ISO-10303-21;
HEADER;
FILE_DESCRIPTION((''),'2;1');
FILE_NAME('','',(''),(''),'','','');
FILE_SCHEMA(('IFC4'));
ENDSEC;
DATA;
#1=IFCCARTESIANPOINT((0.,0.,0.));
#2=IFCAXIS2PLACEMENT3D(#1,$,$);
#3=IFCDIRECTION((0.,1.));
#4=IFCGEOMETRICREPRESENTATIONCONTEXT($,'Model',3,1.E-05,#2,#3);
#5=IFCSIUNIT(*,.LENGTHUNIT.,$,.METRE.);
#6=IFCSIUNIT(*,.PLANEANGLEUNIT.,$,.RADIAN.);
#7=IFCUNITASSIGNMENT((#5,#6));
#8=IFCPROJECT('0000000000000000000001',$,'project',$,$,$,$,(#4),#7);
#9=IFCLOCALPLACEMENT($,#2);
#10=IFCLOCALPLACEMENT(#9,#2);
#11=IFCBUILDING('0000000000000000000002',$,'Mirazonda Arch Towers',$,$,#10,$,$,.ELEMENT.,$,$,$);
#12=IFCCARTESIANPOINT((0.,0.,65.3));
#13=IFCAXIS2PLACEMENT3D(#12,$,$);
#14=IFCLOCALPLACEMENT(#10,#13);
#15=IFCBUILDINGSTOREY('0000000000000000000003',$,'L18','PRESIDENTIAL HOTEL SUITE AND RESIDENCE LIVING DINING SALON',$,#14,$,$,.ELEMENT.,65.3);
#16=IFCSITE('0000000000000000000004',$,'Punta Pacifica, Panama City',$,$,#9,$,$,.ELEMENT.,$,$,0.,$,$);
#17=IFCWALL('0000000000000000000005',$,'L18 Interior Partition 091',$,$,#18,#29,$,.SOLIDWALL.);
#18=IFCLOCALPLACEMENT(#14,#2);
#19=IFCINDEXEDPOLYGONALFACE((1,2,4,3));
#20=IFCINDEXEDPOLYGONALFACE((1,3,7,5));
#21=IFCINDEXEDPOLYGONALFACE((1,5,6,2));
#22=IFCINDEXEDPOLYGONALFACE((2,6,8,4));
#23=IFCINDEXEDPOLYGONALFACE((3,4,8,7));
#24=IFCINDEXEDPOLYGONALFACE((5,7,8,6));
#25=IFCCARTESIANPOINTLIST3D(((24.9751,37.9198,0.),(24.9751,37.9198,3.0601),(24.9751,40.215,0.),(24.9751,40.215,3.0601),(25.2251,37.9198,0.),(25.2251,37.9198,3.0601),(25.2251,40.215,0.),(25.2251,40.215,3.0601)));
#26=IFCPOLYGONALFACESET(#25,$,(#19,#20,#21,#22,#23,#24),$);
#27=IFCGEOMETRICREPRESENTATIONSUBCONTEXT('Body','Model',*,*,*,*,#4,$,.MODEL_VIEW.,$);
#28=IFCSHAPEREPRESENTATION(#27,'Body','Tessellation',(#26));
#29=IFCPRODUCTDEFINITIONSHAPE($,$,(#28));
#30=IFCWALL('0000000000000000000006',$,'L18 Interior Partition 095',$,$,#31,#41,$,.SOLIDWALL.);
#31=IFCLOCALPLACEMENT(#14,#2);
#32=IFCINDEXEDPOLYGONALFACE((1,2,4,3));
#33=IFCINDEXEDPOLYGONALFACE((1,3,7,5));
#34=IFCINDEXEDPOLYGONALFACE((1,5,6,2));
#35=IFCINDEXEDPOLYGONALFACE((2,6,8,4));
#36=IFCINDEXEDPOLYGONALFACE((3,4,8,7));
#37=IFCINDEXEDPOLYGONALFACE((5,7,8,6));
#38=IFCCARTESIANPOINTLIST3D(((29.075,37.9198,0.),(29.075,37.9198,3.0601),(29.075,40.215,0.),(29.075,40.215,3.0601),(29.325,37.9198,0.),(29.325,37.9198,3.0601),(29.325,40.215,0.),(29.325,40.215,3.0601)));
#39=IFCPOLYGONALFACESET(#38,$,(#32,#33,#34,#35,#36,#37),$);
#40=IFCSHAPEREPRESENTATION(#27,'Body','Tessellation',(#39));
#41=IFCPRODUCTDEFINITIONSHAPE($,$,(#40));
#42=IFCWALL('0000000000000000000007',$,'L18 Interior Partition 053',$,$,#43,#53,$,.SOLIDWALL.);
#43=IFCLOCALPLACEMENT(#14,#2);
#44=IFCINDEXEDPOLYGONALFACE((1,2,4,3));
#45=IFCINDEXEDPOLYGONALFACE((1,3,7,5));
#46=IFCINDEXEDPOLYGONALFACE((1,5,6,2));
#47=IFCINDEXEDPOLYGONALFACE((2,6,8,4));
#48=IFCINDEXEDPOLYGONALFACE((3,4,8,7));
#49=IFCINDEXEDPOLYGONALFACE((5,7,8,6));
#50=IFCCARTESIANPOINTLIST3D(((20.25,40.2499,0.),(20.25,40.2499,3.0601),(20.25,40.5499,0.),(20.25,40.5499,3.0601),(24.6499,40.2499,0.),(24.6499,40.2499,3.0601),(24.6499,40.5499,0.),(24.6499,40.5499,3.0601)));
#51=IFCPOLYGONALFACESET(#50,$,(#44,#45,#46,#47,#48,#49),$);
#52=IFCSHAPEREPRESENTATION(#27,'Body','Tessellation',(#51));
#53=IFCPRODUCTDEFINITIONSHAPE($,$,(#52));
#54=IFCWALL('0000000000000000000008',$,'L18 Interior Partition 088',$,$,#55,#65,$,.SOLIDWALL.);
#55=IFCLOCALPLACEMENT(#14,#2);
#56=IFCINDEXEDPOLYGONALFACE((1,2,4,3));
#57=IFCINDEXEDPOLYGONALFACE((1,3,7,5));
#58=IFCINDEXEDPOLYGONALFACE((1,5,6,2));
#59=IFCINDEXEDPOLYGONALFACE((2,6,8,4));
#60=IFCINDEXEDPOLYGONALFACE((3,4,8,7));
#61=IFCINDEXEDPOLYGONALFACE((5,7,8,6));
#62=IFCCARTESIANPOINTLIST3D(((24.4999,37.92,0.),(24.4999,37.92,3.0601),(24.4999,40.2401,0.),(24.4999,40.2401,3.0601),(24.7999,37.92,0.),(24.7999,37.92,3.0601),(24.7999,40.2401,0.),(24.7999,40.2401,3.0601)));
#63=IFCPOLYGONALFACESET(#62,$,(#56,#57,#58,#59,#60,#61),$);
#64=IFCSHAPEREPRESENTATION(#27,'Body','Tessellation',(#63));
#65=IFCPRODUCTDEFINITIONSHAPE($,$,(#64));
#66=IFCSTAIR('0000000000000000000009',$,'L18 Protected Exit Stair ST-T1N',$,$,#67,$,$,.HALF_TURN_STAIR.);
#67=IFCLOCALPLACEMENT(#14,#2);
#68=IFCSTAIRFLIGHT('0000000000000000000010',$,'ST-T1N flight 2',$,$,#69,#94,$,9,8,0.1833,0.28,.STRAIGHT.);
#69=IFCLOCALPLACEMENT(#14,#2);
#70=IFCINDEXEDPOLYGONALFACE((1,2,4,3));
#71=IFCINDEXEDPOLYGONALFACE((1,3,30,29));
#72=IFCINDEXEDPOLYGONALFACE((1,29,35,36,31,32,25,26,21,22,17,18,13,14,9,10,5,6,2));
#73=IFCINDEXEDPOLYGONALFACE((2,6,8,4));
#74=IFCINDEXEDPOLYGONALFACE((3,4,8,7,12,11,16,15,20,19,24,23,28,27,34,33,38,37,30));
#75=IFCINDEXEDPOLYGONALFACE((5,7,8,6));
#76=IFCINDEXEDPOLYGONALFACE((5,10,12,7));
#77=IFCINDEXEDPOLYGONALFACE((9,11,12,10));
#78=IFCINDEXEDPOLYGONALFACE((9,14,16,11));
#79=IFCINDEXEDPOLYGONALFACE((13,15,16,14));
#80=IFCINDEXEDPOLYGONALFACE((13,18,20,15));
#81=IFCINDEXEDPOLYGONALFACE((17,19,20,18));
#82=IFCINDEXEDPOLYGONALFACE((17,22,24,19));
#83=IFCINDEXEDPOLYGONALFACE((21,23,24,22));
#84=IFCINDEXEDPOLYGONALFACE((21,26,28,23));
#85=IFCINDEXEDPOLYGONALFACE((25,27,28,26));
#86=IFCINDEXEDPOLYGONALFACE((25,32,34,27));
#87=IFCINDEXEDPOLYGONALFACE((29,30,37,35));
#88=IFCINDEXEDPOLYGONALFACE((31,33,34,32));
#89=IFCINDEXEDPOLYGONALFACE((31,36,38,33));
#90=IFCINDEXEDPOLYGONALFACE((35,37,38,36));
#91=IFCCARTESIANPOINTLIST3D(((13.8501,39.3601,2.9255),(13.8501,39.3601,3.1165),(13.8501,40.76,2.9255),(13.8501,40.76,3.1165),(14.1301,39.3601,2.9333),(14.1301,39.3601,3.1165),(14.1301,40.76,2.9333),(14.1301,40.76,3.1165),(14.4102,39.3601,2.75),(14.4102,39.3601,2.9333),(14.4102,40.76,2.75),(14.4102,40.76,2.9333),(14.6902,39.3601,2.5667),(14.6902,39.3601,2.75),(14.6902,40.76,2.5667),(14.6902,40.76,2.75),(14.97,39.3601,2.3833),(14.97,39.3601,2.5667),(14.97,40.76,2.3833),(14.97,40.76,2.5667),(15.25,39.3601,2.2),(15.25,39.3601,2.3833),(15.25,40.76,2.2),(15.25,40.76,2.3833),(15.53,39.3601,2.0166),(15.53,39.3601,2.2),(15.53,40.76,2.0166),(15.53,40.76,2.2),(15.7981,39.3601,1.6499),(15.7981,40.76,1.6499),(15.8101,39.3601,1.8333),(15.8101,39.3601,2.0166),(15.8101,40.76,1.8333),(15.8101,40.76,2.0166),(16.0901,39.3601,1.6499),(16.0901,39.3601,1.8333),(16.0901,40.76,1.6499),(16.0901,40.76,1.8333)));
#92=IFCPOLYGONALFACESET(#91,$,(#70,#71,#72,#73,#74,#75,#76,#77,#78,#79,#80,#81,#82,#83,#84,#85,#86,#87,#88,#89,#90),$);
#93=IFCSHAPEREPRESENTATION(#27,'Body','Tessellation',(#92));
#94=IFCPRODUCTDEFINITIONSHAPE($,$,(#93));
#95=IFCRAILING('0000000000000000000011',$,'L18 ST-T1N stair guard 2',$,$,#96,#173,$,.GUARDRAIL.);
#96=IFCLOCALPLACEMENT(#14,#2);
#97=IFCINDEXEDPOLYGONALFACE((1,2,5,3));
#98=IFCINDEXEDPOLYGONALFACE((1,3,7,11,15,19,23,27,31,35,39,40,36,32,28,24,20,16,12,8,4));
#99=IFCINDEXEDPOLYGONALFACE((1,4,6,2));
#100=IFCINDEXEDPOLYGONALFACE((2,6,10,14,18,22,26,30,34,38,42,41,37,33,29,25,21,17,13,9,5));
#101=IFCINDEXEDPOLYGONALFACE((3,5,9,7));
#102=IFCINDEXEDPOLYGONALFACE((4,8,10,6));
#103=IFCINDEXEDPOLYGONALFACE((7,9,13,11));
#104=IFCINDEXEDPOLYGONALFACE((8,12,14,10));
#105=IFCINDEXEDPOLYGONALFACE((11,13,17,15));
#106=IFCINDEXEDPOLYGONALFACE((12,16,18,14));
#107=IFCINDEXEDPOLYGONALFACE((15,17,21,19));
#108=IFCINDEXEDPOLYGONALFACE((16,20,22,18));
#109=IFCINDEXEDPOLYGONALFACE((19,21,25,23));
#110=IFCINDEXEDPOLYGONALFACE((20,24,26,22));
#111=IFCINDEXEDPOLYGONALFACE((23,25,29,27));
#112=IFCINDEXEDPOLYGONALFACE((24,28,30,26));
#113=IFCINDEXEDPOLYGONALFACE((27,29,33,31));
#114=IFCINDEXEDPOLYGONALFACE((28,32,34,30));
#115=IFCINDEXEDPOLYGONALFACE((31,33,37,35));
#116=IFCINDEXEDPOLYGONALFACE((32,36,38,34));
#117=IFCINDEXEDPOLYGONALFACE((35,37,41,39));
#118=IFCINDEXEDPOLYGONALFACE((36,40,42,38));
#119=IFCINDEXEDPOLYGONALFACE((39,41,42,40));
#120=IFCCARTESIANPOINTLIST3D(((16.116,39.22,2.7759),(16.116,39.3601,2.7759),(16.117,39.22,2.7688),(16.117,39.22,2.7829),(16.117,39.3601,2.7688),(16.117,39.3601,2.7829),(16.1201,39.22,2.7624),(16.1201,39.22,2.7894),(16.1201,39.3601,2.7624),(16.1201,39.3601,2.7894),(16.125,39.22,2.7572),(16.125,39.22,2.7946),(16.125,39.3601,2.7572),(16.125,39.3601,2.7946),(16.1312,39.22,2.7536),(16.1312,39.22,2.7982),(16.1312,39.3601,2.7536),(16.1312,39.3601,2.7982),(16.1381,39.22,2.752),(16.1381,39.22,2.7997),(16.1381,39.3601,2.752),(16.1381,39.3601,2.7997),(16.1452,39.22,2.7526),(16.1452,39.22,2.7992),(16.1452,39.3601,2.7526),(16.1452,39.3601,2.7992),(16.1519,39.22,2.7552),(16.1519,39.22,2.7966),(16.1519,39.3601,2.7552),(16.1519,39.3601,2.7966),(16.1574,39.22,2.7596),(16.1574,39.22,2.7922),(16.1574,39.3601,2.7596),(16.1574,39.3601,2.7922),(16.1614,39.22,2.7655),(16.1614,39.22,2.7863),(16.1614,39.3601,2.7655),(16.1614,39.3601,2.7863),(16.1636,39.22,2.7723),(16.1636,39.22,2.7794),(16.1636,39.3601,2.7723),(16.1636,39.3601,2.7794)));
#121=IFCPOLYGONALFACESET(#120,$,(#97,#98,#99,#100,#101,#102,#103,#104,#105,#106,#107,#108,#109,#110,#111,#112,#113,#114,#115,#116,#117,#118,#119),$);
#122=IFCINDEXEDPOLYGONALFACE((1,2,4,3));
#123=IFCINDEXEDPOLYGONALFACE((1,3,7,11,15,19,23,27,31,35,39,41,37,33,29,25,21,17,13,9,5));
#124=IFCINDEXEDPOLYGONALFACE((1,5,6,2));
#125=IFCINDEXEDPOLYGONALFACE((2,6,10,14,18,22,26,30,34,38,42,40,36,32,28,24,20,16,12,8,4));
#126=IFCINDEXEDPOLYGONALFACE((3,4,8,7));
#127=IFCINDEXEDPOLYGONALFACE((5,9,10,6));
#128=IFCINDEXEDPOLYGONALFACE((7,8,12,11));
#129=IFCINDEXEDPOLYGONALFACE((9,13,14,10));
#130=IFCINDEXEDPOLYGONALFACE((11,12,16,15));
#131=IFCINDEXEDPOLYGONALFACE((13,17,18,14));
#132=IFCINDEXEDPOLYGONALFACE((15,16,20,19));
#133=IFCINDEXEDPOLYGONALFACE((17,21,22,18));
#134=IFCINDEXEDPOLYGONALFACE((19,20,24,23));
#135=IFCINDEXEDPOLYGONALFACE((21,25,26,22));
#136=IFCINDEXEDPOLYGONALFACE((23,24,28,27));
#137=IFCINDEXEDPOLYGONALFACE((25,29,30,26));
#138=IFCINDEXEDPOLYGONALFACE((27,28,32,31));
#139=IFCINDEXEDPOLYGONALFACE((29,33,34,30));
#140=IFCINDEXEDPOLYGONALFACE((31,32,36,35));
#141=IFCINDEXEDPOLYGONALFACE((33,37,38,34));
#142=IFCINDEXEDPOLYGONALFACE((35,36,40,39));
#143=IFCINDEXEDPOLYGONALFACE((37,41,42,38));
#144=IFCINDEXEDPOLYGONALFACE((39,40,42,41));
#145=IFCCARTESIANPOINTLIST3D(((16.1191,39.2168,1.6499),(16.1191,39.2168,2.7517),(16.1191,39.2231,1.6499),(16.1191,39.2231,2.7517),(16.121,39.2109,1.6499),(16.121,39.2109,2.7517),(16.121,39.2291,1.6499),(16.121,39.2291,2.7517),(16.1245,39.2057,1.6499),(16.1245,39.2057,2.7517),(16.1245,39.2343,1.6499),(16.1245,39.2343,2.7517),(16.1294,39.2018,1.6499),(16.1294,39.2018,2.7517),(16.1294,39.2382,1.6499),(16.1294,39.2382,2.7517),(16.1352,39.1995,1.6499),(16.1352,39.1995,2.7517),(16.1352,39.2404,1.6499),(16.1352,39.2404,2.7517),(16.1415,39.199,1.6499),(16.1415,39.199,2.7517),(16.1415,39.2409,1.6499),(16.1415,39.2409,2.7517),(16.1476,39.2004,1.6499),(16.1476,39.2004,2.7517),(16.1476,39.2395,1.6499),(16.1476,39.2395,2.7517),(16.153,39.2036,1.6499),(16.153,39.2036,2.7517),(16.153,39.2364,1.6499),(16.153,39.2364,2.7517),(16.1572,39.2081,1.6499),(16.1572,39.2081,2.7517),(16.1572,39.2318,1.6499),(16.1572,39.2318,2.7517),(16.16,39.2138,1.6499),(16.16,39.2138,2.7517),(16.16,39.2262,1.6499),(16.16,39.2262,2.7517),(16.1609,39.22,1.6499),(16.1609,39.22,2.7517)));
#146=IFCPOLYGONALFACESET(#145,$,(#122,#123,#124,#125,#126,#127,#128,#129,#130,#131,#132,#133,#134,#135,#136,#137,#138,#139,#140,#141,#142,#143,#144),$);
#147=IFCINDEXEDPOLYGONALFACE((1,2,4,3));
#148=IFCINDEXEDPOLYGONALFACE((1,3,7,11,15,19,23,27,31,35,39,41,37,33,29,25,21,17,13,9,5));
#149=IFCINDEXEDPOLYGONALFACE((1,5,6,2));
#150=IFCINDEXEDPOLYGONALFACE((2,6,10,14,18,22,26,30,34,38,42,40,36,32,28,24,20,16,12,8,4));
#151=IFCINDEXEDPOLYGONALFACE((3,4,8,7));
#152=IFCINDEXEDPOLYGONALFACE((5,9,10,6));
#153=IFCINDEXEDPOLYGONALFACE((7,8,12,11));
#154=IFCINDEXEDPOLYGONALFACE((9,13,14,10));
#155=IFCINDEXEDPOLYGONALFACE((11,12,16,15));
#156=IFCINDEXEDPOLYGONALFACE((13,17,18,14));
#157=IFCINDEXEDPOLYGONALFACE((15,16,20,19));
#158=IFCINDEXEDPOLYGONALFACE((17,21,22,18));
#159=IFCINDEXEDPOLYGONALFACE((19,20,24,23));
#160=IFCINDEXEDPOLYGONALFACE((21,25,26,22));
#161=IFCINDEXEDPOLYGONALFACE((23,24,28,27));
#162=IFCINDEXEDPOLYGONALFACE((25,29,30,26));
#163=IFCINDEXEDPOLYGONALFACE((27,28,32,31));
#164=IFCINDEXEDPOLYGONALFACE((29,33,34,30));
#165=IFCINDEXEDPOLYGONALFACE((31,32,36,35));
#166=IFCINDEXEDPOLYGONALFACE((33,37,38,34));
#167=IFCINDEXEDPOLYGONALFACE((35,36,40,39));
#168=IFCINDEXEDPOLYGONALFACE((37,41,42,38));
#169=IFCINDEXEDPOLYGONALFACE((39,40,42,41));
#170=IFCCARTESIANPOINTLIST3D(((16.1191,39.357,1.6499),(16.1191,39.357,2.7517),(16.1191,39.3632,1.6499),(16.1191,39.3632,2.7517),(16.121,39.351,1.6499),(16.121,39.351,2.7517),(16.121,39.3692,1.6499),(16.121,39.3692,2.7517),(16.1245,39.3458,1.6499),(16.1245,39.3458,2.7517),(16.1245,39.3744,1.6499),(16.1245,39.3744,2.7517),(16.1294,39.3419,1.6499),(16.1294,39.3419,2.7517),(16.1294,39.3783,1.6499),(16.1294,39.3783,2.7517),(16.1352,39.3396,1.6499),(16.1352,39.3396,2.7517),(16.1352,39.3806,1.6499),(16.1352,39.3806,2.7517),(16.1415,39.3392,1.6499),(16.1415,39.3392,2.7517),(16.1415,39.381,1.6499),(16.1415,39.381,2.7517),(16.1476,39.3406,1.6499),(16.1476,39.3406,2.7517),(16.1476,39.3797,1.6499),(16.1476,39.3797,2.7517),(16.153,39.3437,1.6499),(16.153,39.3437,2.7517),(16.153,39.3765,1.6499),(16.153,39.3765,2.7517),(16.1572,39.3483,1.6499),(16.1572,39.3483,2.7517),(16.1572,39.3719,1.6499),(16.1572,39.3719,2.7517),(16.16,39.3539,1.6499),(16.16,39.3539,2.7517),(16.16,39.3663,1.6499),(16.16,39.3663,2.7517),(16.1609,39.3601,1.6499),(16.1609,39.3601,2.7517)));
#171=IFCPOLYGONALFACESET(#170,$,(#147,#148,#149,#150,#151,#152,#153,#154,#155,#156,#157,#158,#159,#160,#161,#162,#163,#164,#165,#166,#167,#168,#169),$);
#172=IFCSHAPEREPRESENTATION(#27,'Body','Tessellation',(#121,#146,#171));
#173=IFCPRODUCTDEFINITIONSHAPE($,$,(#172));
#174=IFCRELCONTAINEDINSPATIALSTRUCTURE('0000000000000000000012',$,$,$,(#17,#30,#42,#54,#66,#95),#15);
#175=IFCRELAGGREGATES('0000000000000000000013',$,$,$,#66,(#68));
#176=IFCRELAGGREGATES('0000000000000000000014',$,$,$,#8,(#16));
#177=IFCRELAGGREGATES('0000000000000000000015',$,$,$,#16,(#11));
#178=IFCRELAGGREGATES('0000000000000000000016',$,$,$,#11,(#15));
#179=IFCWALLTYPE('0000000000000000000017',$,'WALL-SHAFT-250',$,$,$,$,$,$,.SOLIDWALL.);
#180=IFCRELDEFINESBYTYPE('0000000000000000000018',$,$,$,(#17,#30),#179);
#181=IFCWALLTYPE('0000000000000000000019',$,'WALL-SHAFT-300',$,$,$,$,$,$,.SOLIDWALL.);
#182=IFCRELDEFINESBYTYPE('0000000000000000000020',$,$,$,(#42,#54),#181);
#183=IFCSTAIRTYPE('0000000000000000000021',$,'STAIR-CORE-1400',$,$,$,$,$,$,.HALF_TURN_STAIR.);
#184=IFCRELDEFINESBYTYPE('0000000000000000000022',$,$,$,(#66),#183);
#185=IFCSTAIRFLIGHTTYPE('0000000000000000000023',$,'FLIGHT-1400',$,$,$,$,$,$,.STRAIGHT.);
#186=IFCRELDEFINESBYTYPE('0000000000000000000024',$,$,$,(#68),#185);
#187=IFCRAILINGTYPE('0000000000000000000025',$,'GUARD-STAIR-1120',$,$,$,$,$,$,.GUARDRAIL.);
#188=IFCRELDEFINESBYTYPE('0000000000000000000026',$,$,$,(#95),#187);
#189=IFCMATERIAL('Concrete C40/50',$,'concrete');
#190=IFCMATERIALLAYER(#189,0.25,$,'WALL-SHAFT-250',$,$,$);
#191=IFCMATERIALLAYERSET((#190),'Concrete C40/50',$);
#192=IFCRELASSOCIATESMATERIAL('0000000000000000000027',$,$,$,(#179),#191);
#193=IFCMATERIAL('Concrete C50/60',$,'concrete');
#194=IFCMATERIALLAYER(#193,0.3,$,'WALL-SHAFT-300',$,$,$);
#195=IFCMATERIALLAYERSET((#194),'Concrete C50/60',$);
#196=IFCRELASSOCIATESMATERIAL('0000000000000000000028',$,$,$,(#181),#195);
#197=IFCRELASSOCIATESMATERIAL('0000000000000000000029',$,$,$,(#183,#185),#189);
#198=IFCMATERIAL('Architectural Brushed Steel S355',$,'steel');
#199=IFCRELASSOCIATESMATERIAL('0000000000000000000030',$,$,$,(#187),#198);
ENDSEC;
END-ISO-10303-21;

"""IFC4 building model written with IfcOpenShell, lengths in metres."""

from ifc_helpers import new_model, si_unit, direction, frame, frame_2d, origin, origin_2d, place, context, subcontext, project, spatial, polyline, rectangle, circle, outline, extrude, material, layer, layer_set, type_object, element, aggregate, save


model = new_model("IFC4")

# Units and contexts
model_context = context("Model", 3, precision=1e-05, world=origin(), true_north=direction((0.0, 1.0)))
body_context = subcontext(model_context, "Body", "Model", "MODEL_VIEW")
ifc_project = project(units=[si_unit("LENGTHUNIT", "METRE"), si_unit("PLANEANGLEUNIT", "RADIAN")], contexts=[model_context])

# Site, building, storey
site_placement = place(None, origin())
site = spatial("IfcSite", under=ifc_project, at=site_placement, Name="Punta Pacifica, Panama City", CompositionType="ELEMENT", RefElevation=0.0)
building_placement = place(site_placement, origin())
building = spatial("IfcBuilding", under=site, at=building_placement, Name="Mirazonda Arch Towers", CompositionType="ELEMENT")
storey_placement = place(building_placement, frame((0.0, 0.0, 65.3)))
storey = spatial("IfcBuildingStorey", under=building, at=storey_placement, Name="L18", Description="PRESIDENTIAL HOTEL SUITE AND RESIDENCE LIVING DINING SALON", CompositionType="ELEMENT", Elevation=65.3)

# Shared definitions
ifc_material_1 = material(Name="Architectural Brushed Steel S355", Category="steel")

# Walls
ifc_material_2 = material(Name="Concrete C40/50", Category="concrete")
ifc_layer_1 = layer(ifc_material_2, 0.25, Name="WALL-SHAFT-250")
ifc_layer_set_1 = layer_set([ifc_layer_1], Name="Concrete C40/50")
wall_type_1 = type_object("IfcWallType", Name="WALL-SHAFT-250", PredefinedType="SOLIDWALL", material=ifc_layer_set_1)
for number, where, z_axis, x_axis, name in (
    (1, (25.1001, 37.9199, 0.0), (0.0, 0.0, 1.0), (0.0, 1.0, 0.0), "L18 Interior Partition 091"),
    (2, (29.2, 37.9199, 0.0), (0.0, 0.0, 1.0), (0.0, 1.0, 0.0), "L18 Interior Partition 095"),
):
    element("IfcWall", number, at=place(storey_placement, frame(where, z_axis=z_axis, x_axis=x_axis)), inside=storey, type_object=wall_type_1, Name=name, PredefinedType="SOLIDWALL", context=body_context, shape_type="SweptSolid", body=[
        extrude(rectangle(XDim=2.2952, YDim=0.25, at=frame_2d((1.1475, 0.0))), origin(), (0.0, 0.0, 1.0), 3.0601),
    ])
ifc_material_3 = material(Name="Concrete C50/60", Category="concrete")
ifc_layer_2 = layer(ifc_material_3, 0.3, Name="WALL-SHAFT-300")
ifc_layer_set_2 = layer_set([ifc_layer_2], Name="Concrete C50/60")
wall_type_2 = type_object("IfcWallType", Name="WALL-SHAFT-300", PredefinedType="SOLIDWALL", material=ifc_layer_set_2)
wall_1_placement = place(storey_placement, frame((20.25, 40.3999, 0.0), z_axis=(0.0, 0.0, 1.0), x_axis=(1.0, 0.0, 0.0)))
element("IfcWall", 3, at=wall_1_placement, inside=storey, type_object=wall_type_2, Name="L18 Interior Partition 053", PredefinedType="SOLIDWALL", context=body_context, shape_type="SweptSolid", body=[
    extrude(rectangle(XDim=4.3999, YDim=0.3, at=frame_2d((2.2, 0.0))), origin(), (0.0, 0.0, 1.0), 3.0601),
])
wall_2_placement = place(storey_placement, frame((24.6499, 37.9199, 0.0), z_axis=(0.0, 0.0, 1.0), x_axis=(0.0, 1.0, 0.0)))
element("IfcWall", 4, at=wall_2_placement, inside=storey, type_object=wall_type_2, Name="L18 Interior Partition 088", PredefinedType="SOLIDWALL", context=body_context, shape_type="SweptSolid", body=[
    extrude(rectangle(XDim=2.3201, YDim=0.3, at=frame_2d((1.1602, 0.0))), origin(), (0.0, 0.0, 1.0), 3.0601),
])

# Stair, stair flight
stair_type = type_object("IfcStairType", Name="STAIR-CORE-1400", PredefinedType="HALF_TURN_STAIR", material=ifc_material_2)
stair_placement = place(storey_placement, origin())
stair = element("IfcStair", 5, at=stair_placement, inside=storey, type_object=stair_type, Name="L18 Protected Exit Stair ST-T1N", PredefinedType="HALF_TURN_STAIR")
stair_flight_type = type_object("IfcStairFlightType", Name="FLIGHT-1400", PredefinedType="STRAIGHT", material=ifc_material_2)
stair_flight_placement = place(storey_placement, frame((16.0901, 40.0601, 1.6499), z_axis=(0.0, 0.0, 1.0), x_axis=(-1.0, 0.0, 0.0)))
stair_flight = element("IfcStairFlight", 6, at=stair_flight_placement, type_object=stair_flight_type, Name="ST-T1N flight 2", NumberOfRisers=9, NumberOfTreads=8, PredefinedType="STRAIGHT", RiserHeight=0.1833, TreadLength=0.28, context=body_context, shape_type="SweptSolid", body=[
    extrude(outline(polyline([(0.0, 0.0), (0.0, 0.1833), (0.28, 0.1833), (0.28, 0.3667), (0.5601, 0.3667), (0.5601, 0.55), (0.8401, 0.55), (0.8401, 0.7334), (1.1201, 0.7334), (1.1201, 0.9167), (1.3999, 0.9167), (1.3999, 1.1001), (1.6799, 1.1001), (1.6799, 1.2834), (1.96, 1.2834), (1.96, 1.4666), (2.24, 1.4666), (2.24, 1.6499), (2.24, 1.2756), (0.292, 0.0), (0.0, 0.0)])), frame((0.0, 0.7, 0.0), z_axis=(0.0, -1.0, 0.0), x_axis=(1.0, 0.0, 0.0)), (0.0, 0.0, 1.0), 1.3999),
])
aggregate(stair, [stair_flight])

# Railing
railing_type_1 = type_object("IfcRailingType", Name="GUARD-STAIR-1120", PredefinedType="GUARDRAIL", material=ifc_material_1)
railing_1_placement = place(storey_placement, frame((16.1399, 39.22, 1.6499)))
element("IfcRailing", 7, at=railing_1_placement, inside=storey, type_object=railing_type_1, Name="L18 ST-T1N stair guard 2", PredefinedType="GUARDRAIL", context=body_context, shape_type="SweptSolid", body=[
    extrude(circle(Radius=0.0239, at=origin_2d()), frame((0.0, 0.0, 1.126), z_axis=(0.0, 1.0, 0.0), x_axis=(-1.0, 0.0, 0.0)), (0.0, 0.0, 1.0), 0.1401),
    extrude(circle(Radius=0.021, at=origin_2d()), origin(), (0.0, 0.0, 1.0), 1.1018),
    extrude(circle(Radius=0.021, at=origin_2d()), frame((0.0, 0.1401, 0.0)), (0.0, 0.0, 1.0), 1.1018),
])

save(model, "model.ifc")
